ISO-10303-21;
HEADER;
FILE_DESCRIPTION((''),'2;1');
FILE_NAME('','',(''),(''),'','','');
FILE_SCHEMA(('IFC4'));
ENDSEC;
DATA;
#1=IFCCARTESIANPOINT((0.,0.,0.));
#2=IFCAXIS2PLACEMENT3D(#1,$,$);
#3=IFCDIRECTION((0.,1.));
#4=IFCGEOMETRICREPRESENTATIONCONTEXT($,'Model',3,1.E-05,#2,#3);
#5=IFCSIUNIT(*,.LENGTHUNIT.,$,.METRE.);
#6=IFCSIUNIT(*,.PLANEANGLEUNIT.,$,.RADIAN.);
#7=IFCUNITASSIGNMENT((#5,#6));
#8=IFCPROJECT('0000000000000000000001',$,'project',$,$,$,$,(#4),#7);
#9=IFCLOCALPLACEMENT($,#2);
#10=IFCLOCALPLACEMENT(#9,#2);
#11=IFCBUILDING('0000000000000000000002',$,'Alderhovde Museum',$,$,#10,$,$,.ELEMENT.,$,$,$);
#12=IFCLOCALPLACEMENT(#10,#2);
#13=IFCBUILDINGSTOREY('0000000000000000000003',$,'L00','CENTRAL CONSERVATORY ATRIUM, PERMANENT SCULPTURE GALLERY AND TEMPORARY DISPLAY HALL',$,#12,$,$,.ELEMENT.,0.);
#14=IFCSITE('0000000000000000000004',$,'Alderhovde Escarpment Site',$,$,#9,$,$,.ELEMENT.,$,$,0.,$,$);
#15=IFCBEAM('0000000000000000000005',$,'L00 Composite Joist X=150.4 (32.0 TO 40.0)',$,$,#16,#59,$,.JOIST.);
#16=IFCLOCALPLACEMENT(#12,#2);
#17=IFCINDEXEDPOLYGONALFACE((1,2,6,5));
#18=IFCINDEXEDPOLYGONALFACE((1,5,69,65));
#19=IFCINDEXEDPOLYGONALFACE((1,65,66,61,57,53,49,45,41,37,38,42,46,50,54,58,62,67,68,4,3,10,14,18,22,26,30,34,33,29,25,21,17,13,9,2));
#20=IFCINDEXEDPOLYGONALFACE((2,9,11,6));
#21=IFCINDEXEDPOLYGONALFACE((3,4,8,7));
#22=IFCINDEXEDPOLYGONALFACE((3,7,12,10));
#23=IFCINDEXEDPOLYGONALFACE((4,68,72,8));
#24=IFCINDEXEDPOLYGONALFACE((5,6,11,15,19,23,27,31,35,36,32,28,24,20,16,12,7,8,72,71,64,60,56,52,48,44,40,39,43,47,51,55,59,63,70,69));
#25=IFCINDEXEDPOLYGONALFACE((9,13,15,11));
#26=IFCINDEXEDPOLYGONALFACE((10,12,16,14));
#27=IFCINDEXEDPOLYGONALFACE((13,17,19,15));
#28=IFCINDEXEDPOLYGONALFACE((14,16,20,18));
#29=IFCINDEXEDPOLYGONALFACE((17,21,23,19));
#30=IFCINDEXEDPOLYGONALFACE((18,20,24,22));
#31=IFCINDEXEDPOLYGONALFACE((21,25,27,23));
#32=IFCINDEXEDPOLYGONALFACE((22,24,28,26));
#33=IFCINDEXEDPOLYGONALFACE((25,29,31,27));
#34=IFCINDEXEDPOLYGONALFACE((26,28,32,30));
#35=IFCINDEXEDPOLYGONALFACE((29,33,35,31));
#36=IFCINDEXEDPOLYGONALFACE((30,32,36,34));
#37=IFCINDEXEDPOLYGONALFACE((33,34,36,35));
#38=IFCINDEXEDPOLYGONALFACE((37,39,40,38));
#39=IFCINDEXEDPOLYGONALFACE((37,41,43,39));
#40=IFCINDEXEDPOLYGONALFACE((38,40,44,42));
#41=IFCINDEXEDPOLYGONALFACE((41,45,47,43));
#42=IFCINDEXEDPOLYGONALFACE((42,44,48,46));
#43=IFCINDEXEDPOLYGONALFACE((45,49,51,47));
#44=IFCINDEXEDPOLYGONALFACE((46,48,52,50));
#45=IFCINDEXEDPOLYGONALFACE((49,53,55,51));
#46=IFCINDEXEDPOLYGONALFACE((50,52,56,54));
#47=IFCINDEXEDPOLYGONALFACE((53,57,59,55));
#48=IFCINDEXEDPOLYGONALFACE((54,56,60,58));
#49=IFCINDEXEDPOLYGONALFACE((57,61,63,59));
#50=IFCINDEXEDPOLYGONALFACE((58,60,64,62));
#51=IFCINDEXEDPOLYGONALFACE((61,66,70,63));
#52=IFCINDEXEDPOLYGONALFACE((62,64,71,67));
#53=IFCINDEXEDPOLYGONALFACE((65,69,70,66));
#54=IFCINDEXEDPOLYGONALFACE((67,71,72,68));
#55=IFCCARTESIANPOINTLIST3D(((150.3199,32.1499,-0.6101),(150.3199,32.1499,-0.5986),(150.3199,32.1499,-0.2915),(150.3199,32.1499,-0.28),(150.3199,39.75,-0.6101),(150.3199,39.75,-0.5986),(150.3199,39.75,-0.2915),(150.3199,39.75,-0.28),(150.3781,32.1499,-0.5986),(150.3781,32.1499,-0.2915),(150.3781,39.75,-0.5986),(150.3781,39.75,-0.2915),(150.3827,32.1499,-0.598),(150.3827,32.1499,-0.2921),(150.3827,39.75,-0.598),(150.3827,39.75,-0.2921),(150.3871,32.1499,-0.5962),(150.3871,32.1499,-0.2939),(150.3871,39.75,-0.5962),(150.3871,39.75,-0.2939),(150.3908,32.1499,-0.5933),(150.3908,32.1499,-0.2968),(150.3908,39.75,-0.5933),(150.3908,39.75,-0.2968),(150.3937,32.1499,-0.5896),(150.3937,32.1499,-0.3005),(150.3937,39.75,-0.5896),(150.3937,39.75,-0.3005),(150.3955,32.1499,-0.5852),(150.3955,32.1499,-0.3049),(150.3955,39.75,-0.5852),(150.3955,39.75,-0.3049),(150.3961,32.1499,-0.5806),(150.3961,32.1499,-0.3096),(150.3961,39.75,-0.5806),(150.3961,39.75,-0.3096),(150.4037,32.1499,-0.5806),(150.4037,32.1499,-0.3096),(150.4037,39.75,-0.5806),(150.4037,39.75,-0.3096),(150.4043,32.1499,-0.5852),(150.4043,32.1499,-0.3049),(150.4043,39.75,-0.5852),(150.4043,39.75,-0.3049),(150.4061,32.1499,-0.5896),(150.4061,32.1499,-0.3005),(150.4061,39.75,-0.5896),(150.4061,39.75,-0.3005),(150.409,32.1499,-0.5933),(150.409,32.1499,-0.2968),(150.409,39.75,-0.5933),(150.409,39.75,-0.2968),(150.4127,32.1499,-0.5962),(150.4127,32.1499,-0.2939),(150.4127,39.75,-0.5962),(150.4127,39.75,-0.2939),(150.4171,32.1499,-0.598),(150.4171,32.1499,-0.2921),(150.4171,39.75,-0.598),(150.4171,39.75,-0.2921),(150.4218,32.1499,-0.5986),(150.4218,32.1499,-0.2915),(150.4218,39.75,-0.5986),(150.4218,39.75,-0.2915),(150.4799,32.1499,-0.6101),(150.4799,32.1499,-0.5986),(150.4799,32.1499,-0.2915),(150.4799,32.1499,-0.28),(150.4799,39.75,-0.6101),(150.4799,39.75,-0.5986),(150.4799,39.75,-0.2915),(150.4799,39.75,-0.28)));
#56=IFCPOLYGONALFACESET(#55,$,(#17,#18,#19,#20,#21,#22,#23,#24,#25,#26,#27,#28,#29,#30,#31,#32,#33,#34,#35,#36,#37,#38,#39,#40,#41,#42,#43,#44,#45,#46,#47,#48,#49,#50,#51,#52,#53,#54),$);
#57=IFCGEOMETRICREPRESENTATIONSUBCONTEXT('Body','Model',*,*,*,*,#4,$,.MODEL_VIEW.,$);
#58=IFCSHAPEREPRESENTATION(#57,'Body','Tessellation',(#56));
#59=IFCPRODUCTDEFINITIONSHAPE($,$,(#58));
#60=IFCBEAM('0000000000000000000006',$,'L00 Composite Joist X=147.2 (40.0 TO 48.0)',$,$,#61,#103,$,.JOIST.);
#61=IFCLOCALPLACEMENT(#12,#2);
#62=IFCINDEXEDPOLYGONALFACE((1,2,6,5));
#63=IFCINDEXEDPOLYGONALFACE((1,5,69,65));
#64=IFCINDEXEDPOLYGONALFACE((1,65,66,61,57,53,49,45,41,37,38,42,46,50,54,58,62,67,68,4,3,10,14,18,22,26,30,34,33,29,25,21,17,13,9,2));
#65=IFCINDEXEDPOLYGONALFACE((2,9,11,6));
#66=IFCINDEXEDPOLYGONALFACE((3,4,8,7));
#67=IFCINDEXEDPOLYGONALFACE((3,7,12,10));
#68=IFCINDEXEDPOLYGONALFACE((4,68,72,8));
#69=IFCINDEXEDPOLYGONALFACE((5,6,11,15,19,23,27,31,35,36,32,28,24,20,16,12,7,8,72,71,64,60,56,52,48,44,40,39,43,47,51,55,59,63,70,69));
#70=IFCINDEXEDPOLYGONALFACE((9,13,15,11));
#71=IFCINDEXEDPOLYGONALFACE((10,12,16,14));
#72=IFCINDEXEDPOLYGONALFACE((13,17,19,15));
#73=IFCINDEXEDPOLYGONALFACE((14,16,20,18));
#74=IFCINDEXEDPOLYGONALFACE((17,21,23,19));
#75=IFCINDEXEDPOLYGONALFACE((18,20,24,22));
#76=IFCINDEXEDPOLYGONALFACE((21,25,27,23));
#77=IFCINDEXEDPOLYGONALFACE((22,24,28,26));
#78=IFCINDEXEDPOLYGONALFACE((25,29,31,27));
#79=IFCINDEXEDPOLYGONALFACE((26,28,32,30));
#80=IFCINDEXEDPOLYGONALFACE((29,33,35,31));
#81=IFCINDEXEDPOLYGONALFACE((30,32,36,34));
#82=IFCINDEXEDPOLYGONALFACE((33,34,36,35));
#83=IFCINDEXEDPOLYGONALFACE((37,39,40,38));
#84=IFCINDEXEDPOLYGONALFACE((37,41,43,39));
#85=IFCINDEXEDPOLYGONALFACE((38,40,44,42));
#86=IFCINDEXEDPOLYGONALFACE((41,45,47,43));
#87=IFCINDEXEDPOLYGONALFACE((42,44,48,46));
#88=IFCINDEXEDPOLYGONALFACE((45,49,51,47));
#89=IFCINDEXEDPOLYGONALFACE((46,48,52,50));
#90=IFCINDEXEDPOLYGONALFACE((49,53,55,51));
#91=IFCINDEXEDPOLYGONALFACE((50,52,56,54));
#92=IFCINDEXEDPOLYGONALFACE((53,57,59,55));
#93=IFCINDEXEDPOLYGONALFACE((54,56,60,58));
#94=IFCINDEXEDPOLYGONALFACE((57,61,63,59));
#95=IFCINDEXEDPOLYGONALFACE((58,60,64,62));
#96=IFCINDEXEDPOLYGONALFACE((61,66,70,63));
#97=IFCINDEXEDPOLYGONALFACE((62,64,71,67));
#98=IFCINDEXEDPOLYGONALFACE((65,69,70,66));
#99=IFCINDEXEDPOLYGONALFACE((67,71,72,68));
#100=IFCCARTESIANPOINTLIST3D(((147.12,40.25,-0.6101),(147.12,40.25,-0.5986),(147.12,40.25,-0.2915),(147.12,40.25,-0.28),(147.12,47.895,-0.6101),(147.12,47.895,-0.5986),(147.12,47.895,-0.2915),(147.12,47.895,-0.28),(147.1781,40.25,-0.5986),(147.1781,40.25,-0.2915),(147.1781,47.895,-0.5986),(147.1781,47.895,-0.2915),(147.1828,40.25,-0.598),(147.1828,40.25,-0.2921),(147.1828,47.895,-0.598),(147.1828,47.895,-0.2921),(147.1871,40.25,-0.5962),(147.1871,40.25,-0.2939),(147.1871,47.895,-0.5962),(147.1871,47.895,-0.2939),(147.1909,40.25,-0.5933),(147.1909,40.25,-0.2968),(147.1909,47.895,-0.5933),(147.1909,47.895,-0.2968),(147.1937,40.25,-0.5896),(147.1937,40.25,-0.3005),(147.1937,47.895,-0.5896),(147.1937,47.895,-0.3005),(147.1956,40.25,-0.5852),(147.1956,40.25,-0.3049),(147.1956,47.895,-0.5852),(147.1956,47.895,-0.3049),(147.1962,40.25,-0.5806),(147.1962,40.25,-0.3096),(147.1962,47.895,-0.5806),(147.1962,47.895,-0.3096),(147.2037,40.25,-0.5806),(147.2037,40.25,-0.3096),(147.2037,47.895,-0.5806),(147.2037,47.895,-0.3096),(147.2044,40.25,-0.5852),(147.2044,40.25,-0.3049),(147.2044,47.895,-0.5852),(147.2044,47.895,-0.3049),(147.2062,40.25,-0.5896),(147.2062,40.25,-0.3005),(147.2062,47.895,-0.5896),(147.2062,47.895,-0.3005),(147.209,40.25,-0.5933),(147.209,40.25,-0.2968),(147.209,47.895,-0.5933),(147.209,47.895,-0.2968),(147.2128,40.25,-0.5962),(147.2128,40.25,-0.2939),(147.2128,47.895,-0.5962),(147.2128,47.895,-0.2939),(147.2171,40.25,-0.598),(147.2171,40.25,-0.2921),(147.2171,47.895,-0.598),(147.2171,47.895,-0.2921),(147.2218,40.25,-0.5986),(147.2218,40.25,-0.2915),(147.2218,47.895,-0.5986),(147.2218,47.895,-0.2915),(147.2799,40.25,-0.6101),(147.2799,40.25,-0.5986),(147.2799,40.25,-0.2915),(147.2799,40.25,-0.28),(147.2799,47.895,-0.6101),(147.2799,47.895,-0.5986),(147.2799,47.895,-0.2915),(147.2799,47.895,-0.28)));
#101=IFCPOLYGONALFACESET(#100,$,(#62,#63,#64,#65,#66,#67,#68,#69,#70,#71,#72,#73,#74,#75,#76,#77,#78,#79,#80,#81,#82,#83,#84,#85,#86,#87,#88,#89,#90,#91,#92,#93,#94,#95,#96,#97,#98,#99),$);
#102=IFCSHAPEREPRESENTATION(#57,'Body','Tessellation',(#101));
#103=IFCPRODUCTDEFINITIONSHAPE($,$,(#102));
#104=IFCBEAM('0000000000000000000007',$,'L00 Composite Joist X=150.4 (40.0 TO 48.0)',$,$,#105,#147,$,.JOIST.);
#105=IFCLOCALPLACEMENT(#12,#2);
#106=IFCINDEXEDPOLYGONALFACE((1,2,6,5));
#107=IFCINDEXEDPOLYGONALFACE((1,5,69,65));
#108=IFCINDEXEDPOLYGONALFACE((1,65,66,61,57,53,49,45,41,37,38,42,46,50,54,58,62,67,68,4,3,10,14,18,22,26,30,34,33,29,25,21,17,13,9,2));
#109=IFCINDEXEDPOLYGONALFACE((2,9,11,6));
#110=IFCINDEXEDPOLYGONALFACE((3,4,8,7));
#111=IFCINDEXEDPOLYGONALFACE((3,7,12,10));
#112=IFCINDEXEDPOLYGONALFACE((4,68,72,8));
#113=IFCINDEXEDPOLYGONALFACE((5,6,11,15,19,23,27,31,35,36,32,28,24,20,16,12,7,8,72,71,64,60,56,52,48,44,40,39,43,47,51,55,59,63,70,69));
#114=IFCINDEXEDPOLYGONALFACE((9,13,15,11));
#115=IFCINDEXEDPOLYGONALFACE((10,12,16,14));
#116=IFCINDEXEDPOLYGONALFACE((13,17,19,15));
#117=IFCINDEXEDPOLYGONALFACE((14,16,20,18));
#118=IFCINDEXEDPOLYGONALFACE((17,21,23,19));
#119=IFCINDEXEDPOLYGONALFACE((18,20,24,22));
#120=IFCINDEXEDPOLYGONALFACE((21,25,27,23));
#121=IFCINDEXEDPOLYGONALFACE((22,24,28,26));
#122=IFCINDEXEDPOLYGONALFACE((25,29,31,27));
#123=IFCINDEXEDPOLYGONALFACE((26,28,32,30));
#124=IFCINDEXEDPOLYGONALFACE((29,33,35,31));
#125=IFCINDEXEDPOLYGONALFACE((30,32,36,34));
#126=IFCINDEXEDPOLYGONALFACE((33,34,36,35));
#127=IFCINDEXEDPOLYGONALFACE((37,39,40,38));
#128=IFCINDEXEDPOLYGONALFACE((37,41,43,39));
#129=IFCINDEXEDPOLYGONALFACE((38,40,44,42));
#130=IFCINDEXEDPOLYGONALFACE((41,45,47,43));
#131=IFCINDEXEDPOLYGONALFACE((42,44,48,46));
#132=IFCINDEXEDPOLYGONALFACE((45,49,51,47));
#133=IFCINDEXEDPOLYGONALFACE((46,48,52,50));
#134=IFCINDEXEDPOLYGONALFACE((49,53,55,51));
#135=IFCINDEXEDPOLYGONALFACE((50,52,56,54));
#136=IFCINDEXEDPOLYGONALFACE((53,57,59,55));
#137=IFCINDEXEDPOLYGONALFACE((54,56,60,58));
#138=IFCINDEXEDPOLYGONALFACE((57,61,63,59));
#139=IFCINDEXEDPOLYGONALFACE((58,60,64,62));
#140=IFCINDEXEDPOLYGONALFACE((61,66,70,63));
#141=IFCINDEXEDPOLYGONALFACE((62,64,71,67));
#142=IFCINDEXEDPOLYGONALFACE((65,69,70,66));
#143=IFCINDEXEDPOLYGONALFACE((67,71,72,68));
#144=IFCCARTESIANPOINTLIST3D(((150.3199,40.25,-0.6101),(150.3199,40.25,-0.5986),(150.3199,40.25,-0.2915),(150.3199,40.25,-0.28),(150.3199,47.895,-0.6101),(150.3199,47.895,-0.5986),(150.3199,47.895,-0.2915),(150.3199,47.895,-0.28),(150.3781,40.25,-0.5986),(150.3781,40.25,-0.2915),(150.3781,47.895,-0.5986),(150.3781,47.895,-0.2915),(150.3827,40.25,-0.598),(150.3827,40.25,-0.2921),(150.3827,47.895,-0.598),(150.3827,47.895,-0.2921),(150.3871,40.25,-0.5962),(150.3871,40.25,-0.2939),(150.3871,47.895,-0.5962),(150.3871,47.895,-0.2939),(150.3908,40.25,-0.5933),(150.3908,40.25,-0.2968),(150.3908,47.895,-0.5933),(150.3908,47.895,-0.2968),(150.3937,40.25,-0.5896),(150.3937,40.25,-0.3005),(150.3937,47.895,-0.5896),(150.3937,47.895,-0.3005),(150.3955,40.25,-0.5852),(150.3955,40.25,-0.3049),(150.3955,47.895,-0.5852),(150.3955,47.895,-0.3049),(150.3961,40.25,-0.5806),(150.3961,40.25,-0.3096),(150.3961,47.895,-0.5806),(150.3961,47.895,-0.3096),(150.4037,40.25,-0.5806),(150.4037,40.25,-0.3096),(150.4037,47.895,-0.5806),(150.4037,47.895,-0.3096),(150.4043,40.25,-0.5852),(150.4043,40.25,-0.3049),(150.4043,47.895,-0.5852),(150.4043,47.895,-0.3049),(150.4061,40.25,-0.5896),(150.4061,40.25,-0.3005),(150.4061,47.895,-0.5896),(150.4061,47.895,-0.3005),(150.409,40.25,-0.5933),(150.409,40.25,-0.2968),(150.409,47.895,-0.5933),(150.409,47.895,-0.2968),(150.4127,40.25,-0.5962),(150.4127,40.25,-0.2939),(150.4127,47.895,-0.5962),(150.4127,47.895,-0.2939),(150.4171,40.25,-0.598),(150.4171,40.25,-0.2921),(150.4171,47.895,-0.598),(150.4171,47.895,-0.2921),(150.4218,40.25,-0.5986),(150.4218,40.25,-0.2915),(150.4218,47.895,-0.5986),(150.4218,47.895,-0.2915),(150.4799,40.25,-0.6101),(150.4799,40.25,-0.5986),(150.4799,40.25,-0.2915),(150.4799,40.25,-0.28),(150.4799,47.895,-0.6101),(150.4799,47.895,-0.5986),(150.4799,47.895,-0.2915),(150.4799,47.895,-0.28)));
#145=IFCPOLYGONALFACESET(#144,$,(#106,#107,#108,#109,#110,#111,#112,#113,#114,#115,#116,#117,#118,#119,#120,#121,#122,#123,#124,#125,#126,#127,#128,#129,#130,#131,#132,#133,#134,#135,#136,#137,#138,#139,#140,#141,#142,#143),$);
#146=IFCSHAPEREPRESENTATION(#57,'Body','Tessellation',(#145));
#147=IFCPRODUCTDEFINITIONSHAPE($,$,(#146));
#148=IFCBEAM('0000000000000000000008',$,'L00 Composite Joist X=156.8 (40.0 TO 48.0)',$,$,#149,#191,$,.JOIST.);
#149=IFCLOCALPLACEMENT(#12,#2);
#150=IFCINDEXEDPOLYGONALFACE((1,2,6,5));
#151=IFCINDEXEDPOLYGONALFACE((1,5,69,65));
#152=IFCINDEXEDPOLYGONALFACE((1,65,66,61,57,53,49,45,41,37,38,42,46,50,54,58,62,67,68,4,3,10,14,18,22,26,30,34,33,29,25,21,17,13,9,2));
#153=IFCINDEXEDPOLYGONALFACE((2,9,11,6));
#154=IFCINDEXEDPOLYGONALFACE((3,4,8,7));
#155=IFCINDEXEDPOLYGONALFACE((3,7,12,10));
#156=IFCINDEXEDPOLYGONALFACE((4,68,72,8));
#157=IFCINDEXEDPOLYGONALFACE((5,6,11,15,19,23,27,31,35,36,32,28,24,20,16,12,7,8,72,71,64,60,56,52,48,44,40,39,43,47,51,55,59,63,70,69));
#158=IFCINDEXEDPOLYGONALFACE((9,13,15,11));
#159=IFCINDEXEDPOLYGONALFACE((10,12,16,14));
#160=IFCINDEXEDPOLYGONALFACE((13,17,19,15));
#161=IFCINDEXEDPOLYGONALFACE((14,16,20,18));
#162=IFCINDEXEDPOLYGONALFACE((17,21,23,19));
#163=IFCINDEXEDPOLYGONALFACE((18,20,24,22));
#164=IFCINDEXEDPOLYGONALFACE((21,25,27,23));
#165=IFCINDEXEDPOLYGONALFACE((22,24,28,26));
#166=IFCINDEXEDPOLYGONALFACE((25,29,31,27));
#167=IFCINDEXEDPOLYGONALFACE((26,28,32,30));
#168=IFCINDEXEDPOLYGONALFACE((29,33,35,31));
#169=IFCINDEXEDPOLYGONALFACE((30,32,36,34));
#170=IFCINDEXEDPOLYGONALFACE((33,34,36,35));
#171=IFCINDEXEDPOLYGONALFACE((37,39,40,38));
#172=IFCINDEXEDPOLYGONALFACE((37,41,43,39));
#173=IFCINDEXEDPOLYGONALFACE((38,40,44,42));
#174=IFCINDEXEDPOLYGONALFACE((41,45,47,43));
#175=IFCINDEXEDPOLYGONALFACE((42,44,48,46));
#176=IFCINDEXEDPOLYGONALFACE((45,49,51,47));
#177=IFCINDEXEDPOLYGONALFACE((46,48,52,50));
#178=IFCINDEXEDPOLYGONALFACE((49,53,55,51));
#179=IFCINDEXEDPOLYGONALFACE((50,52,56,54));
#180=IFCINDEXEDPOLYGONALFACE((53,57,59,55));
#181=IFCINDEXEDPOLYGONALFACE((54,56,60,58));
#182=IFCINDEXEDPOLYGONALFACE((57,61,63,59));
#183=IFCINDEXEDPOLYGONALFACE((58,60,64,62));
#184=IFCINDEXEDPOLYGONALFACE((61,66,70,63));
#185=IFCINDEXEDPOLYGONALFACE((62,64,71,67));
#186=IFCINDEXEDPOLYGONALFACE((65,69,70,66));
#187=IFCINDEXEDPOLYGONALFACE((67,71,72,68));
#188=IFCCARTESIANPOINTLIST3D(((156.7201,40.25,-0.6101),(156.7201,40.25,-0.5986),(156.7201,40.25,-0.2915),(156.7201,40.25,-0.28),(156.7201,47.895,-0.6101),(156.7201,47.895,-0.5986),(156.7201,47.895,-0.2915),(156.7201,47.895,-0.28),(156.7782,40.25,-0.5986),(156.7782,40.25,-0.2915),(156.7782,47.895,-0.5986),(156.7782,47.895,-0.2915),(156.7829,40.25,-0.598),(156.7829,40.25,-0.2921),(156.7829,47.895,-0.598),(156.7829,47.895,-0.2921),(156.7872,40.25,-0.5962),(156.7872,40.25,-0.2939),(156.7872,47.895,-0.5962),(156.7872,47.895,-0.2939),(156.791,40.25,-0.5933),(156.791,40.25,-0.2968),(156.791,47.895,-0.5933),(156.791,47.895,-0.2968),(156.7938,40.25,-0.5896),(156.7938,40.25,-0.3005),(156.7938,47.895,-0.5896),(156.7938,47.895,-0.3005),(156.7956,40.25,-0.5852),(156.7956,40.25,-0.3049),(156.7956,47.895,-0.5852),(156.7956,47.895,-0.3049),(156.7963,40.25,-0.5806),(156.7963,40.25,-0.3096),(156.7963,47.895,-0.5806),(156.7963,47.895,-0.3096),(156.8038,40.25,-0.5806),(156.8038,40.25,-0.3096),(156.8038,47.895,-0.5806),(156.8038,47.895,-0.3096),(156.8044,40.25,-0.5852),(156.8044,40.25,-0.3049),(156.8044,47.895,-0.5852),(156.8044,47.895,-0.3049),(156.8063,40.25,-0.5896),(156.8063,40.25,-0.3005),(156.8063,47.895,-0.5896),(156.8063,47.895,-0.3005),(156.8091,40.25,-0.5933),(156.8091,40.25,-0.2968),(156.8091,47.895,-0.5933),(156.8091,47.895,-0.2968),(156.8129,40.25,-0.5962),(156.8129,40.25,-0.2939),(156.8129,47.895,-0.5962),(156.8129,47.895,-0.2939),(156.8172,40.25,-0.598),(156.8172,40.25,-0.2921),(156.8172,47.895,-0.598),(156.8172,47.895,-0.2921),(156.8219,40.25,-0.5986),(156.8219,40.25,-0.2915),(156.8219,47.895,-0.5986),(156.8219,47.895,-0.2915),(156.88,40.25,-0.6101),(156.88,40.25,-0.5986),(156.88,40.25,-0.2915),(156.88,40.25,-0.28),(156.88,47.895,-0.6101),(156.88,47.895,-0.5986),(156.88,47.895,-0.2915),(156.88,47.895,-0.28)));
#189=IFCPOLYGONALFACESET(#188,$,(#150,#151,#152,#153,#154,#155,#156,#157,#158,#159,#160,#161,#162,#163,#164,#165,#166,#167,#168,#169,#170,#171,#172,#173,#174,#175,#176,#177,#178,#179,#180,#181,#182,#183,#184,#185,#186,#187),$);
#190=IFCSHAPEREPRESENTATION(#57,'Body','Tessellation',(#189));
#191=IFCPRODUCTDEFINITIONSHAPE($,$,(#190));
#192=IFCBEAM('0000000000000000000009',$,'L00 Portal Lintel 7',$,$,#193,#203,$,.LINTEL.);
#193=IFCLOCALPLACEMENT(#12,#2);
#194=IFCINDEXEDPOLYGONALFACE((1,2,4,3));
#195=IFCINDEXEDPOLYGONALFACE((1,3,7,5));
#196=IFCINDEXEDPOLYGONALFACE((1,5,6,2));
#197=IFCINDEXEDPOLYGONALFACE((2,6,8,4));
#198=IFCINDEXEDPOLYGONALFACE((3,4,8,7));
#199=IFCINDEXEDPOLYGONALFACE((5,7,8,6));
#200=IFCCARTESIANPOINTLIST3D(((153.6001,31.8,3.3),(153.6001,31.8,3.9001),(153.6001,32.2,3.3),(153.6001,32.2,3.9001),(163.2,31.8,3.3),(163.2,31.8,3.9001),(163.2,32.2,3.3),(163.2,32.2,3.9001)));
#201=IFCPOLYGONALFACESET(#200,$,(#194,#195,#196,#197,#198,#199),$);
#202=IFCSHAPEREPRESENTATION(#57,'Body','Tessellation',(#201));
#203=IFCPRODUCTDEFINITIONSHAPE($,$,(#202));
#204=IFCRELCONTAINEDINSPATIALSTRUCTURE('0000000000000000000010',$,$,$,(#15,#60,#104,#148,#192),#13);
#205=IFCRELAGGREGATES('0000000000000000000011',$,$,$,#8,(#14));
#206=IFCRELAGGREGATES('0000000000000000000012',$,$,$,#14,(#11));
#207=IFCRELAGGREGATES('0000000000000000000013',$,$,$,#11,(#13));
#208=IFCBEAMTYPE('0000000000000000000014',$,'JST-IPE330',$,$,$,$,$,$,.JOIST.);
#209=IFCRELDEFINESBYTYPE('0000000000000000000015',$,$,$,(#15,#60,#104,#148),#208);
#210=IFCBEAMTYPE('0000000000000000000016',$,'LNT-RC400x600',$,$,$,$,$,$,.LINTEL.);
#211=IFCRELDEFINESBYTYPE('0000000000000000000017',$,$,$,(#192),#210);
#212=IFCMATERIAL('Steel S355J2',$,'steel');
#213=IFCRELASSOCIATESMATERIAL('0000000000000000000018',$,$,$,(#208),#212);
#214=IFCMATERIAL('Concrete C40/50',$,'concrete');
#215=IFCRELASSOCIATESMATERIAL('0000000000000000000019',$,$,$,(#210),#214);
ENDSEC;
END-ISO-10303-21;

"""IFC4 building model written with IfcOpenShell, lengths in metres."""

from ifc_helpers import new_model, si_unit, direction, frame, origin, origin_2d, place, context, subcontext, project, spatial, rectangle, i_section, extrude, material, material_profile, profile_set, type_object, element, save


model = new_model("IFC4")

# Units and contexts
model_context = context("Model", 3, precision=1e-05, world=origin(), true_north=direction((0.0, 1.0)))
body_context = subcontext(model_context, "Body", "Model", "MODEL_VIEW")
ifc_project = project(units=[si_unit("LENGTHUNIT", "METRE"), si_unit("PLANEANGLEUNIT", "RADIAN")], contexts=[model_context])

# Site, building, storey
site_placement = place(None, origin())
site = spatial("IfcSite", under=ifc_project, at=site_placement, Name="Alderhovde Escarpment Site", CompositionType="ELEMENT", RefElevation=0.0)
building_placement = place(site_placement, origin())
building = spatial("IfcBuilding", under=site, at=building_placement, Name="Alderhovde Museum", CompositionType="ELEMENT")
storey_placement = place(building_placement, origin())
storey = spatial("IfcBuildingStorey", under=building, at=storey_placement, Name="L00", Description="CENTRAL CONSERVATORY ATRIUM, PERMANENT SCULPTURE GALLERY AND TEMPORARY DISPLAY HALL", CompositionType="ELEMENT", Elevation=0.0)

# Beams
ifc_material_1 = material(Name="Steel S355J2", Category="steel")
ifc_material_profile_1 = material_profile(ifc_material_1, i_section(OverallWidth=0.1599, OverallDepth=0.3301, WebThickness=0.0076, FlangeThickness=0.0115, FilletRadius=0.0181, at=origin_2d()), Name="IPE 330")
ifc_profile_set_1 = profile_set([ifc_material_profile_1], Name="Steel S355J2")
beam_type_1 = type_object("IfcBeamType", Name="JST-IPE330", PredefinedType="JOIST", material=ifc_profile_set_1)
for number, where, z_axis, x_axis, name in (
    (1, (150.3999, 32.1499, -0.4451), (0.0, 1.0, 0.0), (-1.0, 0.0, 0.0), "L00 Composite Joist X=150.4 (32.0 TO 40.0)"),
):
    element("IfcBeam", number, at=place(storey_placement, frame(where, z_axis=z_axis, x_axis=x_axis)), inside=storey, type_object=beam_type_1, Name=name, PredefinedType="JOIST", context=body_context, shape_type="SweptSolid", body=[
        extrude(i_section(OverallWidth=0.1599, OverallDepth=0.3301, WebThickness=0.0076, FlangeThickness=0.0115, FilletRadius=0.0181, at=origin_2d()), origin(), (0.0, 0.0, 1.0), 7.6001),
    ])
for number, where, z_axis, x_axis, name in (
    (2, (147.2, 40.25, -0.4451), (0.0, 1.0, 0.0), (-1.0, 0.0, 0.0), "L00 Composite Joist X=147.2 (40.0 TO 48.0)"),
    (3, (150.3999, 40.25, -0.4451), (0.0, 1.0, 0.0), (-1.0, 0.0, 0.0), "L00 Composite Joist X=150.4 (40.0 TO 48.0)"),
    (4, (156.8, 40.25, -0.4451), (0.0, 1.0, 0.0), (-1.0, 0.0, 0.0), "L00 Composite Joist X=156.8 (40.0 TO 48.0)"),
):
    element("IfcBeam", number, at=place(storey_placement, frame(where, z_axis=z_axis, x_axis=x_axis)), inside=storey, type_object=beam_type_1, Name=name, PredefinedType="JOIST", context=body_context, shape_type="SweptSolid", body=[
        extrude(i_section(OverallWidth=0.1599, OverallDepth=0.3301, WebThickness=0.0076, FlangeThickness=0.0115, FilletRadius=0.0181, at=origin_2d()), origin(), (0.0, 0.0, 1.0), 7.645),
    ])
ifc_material_2 = material(Name="Concrete C40/50", Category="concrete")
ifc_material_profile_2 = material_profile(ifc_material_2, rectangle(XDim=0.3999, YDim=0.6001, at=origin_2d()), Name="RC 400x600")
ifc_profile_set_2 = profile_set([ifc_material_profile_2], Name="Concrete C40/50")
beam_type_2 = type_object("IfcBeamType", Name="LNT-RC400x600", PredefinedType="LINTEL", material=ifc_profile_set_2)
beam_1_placement = place(storey_placement, frame((153.6001, 32.0, 3.6001), z_axis=(1.0, 0.0, 0.0), x_axis=(0.0, 1.0, 0.0)))
element("IfcBeam", 5, at=beam_1_placement, inside=storey, type_object=beam_type_2, Name="L00 Portal Lintel 7", PredefinedType="LINTEL", context=body_context, shape_type="SweptSolid", body=[
    extrude(rectangle(XDim=0.3999, YDim=0.6001, at=origin_2d()), origin(), (0.0, 0.0, 1.0), 9.5999),
])

save(model, "model.ifc")
